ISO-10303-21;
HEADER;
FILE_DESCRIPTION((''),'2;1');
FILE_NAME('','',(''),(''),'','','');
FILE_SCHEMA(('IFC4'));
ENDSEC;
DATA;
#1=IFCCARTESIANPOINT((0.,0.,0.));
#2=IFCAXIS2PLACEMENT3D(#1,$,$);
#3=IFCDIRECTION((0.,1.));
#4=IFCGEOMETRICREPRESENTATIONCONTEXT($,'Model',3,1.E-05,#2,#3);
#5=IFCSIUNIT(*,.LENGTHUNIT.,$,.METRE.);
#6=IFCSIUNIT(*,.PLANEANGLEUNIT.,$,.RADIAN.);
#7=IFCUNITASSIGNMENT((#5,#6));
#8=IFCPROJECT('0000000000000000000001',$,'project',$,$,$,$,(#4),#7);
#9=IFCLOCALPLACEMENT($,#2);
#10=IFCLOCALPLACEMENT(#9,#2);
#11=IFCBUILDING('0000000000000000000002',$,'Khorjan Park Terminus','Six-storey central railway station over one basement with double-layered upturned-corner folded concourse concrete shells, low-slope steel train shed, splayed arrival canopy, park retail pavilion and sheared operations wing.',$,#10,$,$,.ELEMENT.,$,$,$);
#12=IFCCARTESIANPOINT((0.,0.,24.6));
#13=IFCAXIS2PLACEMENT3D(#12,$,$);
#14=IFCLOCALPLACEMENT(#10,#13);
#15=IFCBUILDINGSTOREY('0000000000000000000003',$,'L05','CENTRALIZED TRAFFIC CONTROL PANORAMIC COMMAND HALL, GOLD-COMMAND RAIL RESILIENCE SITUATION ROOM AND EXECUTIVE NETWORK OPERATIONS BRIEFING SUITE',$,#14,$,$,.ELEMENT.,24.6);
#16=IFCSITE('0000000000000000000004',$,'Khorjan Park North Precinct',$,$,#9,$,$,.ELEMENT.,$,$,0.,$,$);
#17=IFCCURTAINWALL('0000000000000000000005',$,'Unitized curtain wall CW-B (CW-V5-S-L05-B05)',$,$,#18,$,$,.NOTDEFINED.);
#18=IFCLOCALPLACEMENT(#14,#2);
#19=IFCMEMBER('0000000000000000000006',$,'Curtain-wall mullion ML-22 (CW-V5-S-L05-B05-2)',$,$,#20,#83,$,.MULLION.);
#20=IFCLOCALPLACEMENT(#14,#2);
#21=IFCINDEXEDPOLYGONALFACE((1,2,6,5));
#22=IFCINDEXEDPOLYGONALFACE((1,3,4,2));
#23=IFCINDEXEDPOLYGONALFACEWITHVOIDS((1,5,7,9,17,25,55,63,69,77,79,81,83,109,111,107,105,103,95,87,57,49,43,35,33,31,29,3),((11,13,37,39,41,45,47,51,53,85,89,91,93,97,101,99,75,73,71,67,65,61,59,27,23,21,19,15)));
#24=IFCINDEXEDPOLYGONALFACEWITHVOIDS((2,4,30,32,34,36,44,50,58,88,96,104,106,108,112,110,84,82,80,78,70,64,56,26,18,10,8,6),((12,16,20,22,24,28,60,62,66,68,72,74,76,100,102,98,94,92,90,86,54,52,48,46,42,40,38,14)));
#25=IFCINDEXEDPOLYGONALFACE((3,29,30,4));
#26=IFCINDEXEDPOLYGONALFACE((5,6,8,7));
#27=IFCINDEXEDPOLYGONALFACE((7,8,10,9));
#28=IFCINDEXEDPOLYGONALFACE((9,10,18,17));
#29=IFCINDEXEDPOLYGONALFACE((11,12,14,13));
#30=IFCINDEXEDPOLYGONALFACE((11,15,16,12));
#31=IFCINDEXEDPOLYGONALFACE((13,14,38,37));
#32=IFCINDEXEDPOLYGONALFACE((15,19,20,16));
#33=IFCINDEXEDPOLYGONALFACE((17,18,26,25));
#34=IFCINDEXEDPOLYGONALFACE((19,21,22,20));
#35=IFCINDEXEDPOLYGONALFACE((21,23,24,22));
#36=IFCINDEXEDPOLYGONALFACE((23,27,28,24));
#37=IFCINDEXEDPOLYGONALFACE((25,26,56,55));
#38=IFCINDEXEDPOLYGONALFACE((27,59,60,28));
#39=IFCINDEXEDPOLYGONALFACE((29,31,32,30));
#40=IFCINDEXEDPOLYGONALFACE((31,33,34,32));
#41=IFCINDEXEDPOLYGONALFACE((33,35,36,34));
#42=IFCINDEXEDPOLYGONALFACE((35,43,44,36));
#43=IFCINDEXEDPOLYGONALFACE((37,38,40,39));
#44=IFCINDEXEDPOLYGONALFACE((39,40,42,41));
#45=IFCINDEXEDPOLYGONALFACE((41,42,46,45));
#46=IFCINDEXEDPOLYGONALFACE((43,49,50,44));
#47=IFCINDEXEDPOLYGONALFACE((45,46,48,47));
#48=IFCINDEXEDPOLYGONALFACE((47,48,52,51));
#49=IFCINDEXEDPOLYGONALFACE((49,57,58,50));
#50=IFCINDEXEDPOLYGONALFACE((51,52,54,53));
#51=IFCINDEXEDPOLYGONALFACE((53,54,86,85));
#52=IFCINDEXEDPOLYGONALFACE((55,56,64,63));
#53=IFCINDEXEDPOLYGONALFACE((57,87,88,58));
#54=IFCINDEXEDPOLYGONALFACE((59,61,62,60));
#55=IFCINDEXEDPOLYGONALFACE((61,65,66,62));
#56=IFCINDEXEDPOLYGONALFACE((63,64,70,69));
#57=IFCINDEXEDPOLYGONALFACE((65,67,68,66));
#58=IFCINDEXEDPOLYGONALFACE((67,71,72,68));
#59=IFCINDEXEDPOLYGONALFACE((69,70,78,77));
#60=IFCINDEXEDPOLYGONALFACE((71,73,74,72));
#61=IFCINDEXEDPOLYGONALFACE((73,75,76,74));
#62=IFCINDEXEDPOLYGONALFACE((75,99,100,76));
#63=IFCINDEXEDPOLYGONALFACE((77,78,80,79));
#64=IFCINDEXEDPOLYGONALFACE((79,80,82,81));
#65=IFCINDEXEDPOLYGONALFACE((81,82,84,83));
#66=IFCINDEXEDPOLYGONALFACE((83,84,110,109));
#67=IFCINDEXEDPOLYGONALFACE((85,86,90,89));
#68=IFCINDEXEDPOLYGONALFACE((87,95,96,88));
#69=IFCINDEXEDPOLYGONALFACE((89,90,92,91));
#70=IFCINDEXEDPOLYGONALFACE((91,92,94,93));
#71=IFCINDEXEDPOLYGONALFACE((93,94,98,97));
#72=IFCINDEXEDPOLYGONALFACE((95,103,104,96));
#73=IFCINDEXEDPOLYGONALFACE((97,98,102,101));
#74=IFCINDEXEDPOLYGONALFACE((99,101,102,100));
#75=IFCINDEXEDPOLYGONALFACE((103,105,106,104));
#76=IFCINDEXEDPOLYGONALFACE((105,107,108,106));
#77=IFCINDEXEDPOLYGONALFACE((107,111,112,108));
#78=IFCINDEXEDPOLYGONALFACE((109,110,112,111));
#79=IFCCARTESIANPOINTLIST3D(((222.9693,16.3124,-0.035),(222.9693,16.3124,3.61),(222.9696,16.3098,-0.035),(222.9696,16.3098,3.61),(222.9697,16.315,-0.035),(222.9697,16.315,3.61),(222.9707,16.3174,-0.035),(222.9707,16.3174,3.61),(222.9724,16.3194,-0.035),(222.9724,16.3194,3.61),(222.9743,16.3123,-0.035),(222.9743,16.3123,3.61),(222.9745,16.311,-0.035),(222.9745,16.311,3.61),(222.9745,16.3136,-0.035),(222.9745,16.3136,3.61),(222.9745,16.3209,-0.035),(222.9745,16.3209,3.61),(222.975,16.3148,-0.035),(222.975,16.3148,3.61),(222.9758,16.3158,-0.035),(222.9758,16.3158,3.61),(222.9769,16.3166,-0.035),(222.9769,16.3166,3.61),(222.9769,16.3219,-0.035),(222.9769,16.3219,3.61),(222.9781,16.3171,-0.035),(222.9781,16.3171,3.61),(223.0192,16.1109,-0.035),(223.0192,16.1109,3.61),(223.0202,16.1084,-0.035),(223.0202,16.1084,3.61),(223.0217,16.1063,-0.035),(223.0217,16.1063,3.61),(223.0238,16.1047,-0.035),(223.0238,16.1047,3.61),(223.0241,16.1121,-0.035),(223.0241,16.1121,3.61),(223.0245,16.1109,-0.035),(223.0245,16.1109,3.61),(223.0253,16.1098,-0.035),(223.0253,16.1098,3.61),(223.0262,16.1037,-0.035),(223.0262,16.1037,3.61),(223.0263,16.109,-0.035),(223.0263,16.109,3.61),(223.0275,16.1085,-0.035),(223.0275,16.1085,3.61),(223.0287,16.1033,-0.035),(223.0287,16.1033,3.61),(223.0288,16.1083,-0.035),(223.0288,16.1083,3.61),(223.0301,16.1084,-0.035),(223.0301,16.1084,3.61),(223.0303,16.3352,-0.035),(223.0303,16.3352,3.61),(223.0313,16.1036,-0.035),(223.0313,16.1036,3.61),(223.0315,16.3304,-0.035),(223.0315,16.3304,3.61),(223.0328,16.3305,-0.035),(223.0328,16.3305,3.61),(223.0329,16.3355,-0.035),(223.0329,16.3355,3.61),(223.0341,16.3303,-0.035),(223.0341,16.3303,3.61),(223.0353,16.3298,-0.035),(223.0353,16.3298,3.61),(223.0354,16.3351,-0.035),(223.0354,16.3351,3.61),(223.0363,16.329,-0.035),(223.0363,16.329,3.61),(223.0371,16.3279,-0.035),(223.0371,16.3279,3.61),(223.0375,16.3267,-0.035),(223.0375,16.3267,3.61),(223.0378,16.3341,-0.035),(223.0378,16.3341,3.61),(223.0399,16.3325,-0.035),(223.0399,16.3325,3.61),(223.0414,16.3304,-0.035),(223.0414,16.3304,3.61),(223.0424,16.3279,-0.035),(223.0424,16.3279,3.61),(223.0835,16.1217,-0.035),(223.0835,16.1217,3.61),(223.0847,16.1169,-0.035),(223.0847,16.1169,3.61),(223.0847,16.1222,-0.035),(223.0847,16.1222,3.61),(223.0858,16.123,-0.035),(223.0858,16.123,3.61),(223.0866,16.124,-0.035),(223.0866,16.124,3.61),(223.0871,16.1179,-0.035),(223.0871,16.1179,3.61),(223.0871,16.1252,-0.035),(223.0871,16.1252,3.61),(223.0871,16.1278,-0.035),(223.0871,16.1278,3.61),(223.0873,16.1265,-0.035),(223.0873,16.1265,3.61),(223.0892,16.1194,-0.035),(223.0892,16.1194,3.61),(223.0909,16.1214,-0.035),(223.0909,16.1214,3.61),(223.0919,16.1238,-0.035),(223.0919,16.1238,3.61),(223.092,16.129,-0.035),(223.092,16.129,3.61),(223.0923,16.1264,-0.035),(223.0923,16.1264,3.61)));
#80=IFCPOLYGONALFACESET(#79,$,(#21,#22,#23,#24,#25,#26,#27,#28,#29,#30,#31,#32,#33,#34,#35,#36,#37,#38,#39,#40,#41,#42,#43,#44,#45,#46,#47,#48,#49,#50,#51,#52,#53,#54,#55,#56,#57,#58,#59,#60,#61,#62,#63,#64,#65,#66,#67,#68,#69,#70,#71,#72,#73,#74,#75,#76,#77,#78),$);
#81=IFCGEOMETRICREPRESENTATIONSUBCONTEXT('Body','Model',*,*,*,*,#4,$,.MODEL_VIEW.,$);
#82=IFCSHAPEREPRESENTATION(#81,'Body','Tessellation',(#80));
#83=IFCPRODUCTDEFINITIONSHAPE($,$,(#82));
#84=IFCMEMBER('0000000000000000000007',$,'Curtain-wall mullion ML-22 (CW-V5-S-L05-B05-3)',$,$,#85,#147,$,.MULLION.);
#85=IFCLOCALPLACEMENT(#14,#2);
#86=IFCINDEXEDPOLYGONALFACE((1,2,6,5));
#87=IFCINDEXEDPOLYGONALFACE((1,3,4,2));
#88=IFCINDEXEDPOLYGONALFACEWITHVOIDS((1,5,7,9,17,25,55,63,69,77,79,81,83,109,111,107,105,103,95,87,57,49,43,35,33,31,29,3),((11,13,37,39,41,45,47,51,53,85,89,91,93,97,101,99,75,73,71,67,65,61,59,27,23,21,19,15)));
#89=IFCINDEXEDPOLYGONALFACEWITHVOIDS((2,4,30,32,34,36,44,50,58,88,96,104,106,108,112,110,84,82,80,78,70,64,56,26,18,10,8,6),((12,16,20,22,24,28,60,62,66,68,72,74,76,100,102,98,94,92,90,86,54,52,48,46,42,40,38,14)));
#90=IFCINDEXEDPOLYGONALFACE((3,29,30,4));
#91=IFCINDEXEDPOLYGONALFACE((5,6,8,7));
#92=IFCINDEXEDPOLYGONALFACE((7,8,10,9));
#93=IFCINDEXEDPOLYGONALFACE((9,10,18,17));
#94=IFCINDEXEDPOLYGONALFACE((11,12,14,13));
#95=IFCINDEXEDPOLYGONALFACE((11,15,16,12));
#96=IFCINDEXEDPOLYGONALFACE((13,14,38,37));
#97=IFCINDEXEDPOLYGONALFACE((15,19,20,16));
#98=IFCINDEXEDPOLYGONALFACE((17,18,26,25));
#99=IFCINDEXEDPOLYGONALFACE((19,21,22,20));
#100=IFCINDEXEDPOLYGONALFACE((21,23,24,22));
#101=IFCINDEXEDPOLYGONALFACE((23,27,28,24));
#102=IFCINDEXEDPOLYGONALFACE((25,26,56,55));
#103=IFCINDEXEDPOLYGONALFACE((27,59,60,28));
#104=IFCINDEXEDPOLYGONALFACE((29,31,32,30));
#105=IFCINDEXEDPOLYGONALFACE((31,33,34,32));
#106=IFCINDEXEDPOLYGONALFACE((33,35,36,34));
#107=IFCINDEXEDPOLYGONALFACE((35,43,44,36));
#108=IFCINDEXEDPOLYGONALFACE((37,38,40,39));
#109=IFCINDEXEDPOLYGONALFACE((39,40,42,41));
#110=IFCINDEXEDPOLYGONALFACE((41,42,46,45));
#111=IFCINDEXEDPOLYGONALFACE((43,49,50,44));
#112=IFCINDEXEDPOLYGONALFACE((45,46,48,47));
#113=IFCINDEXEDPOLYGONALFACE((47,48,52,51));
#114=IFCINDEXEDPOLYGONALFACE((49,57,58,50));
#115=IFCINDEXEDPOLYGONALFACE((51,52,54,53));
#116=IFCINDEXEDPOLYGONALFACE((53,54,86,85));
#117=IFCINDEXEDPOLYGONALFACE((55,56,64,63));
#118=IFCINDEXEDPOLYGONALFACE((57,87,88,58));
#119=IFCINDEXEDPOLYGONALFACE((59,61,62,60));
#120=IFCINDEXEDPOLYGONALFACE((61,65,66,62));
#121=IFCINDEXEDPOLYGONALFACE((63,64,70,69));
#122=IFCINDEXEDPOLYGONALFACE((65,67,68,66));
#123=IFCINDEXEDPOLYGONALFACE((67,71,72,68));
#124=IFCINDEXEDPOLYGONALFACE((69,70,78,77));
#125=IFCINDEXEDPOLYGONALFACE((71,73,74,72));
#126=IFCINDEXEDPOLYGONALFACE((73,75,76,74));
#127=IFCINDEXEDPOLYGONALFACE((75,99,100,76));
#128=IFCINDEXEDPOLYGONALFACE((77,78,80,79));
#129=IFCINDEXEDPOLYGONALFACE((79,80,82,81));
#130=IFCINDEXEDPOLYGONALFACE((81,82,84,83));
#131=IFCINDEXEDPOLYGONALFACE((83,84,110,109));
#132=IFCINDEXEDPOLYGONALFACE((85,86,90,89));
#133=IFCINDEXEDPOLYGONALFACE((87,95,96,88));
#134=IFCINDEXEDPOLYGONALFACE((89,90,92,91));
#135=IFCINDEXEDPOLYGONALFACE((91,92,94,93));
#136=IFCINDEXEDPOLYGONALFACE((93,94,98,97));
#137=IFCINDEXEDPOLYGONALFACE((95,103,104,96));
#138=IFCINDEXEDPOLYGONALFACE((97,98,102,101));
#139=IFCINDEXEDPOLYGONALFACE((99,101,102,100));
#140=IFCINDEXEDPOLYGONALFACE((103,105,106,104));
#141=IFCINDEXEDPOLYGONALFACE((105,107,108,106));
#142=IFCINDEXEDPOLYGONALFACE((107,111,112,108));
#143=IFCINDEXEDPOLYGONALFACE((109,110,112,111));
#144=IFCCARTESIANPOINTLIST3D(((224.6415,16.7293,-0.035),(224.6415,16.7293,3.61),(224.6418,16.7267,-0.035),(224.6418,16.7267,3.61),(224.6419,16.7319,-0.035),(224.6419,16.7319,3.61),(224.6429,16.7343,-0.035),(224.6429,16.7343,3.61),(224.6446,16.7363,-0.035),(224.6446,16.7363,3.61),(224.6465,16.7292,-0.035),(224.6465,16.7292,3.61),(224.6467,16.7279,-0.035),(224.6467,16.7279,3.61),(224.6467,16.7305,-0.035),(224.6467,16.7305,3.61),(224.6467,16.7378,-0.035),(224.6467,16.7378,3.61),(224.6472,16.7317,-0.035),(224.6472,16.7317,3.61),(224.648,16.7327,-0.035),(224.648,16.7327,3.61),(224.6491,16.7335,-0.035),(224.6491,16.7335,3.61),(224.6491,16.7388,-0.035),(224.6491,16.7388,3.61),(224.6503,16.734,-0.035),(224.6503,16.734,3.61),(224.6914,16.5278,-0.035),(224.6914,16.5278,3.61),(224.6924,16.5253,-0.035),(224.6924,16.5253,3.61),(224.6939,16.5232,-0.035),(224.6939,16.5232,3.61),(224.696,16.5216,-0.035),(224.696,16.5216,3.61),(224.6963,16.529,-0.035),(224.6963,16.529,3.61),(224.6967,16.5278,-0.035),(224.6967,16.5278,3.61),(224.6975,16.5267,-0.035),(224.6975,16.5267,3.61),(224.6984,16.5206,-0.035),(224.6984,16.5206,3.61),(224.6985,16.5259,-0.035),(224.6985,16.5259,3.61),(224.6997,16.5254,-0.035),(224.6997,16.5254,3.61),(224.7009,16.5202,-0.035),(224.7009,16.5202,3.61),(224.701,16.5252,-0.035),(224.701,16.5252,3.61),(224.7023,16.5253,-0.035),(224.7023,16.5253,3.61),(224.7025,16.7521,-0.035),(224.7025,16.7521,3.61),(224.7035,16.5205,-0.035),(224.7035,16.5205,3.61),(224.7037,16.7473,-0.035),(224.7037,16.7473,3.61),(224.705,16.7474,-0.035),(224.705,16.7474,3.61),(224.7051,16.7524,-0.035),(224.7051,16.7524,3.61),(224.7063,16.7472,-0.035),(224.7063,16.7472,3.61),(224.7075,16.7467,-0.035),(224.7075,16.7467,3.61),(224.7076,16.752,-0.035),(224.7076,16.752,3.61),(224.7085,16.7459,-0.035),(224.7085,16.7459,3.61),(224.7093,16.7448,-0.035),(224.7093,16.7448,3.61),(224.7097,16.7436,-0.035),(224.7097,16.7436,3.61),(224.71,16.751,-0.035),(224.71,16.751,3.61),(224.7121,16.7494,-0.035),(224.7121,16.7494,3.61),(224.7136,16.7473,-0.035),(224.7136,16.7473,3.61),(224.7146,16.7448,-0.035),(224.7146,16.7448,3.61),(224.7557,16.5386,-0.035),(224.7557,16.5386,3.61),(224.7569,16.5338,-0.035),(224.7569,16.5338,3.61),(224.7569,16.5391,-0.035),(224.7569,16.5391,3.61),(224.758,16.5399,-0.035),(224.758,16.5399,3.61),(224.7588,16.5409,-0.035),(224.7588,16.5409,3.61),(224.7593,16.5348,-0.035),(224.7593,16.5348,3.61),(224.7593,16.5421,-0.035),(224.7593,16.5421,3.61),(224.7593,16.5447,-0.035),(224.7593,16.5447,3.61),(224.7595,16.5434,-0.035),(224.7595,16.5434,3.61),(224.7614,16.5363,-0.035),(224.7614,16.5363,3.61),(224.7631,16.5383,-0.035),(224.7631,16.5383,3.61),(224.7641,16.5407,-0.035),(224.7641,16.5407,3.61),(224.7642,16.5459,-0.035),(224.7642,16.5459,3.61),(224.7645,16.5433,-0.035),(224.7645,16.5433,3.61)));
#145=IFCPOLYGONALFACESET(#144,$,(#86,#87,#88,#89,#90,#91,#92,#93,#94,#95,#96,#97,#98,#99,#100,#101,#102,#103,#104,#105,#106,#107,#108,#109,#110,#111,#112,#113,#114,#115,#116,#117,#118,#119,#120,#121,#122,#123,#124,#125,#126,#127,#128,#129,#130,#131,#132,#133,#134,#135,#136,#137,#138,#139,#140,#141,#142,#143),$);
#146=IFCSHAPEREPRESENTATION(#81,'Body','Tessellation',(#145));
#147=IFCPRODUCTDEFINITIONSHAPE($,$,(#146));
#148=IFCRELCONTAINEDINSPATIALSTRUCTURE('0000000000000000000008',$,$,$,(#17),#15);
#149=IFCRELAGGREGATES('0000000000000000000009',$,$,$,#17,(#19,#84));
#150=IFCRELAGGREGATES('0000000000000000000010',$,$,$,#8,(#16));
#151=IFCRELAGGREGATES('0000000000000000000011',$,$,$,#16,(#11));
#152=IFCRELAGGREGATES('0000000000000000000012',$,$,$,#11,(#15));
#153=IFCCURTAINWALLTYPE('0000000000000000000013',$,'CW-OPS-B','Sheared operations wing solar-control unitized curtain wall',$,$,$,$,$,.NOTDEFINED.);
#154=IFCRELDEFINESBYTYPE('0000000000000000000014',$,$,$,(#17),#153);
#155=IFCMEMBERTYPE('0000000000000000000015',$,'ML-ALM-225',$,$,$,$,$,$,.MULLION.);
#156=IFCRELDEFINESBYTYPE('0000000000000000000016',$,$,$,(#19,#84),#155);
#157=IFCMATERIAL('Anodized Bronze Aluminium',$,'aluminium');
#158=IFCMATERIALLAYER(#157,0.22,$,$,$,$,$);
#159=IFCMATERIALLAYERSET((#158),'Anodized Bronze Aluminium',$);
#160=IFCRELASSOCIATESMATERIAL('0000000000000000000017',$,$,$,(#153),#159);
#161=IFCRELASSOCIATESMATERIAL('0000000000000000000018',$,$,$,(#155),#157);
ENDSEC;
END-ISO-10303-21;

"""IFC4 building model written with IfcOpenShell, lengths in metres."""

from ifc_helpers import new_model, si_unit, direction, frame, origin, origin_2d, place, context, subcontext, project, spatial, hollow_rectangle, extrude, material, layer, layer_set, material_profile, profile_set, type_object, element, aggregate, save


model = new_model("IFC4")

# Units and contexts
model_context = context("Model", 3, precision=1e-05, world=origin(), true_north=direction((0.0, 1.0)))
body_context = subcontext(model_context, "Body", "Model", "MODEL_VIEW")
ifc_project = project(units=[si_unit("LENGTHUNIT", "METRE"), si_unit("PLANEANGLEUNIT", "RADIAN")], contexts=[model_context])

# Site, building, storey
site_placement = place(None, origin())
site = spatial("IfcSite", under=ifc_project, at=site_placement, Name="Khorjan Park North Precinct", CompositionType="ELEMENT", RefElevation=0.0)
building_placement = place(site_placement, origin())
building = spatial("IfcBuilding", under=site, at=building_placement, Name="Khorjan Park Terminus", Description="Six-storey central railway station over one basement with double-layered upturned-corner folded concourse concrete shells, low-slope steel train shed, splayed arrival canopy, park retail pavilion and sheared operations wing.", CompositionType="ELEMENT")
storey_placement = place(building_placement, frame((0.0, 0.0, 24.6)))
storey = spatial("IfcBuildingStorey", under=building, at=storey_placement, Name="L05", Description="CENTRALIZED TRAFFIC CONTROL PANORAMIC COMMAND HALL, GOLD-COMMAND RAIL RESILIENCE SITUATION ROOM AND EXECUTIVE NETWORK OPERATIONS BRIEFING SUITE", CompositionType="ELEMENT", Elevation=24.6)

# Curtain wall, members
ifc_material_1 = material(Name="Anodized Bronze Aluminium", Category="aluminium")
ifc_layer_1 = layer(ifc_material_1, 0.22)
ifc_layer_set_1 = layer_set([ifc_layer_1], Name="Anodized Bronze Aluminium")
curtain_wall_type = type_object("IfcCurtainWallType", Name="CW-OPS-B", Description="Sheared operations wing solar-control unitized curtain wall", PredefinedType="NOTDEFINED", material=ifc_layer_set_1)
curtain_wall_placement = place(storey_placement, origin())
curtain_wall = element("IfcCurtainWall", 1, at=curtain_wall_placement, inside=storey, type_object=curtain_wall_type, Name="Unitized curtain wall CW-B (CW-V5-S-L05-B05)", PredefinedType="NOTDEFINED")
ifc_material_profile_1 = material_profile(ifc_material_1, hollow_rectangle(XDim=0.075, YDim=0.225, WallThickness=0.005, InnerFilletRadius=0.005, OuterFilletRadius=0.01, at=origin_2d()), Name="ALM 75x225x5")
ifc_profile_set_1 = profile_set([ifc_material_profile_1], Name="Anodized Bronze Aluminium")
member_type_1 = type_object("IfcMemberType", Name="ML-ALM-225", PredefinedType="MULLION", material=ifc_profile_set_1)
member_1_placement = place(storey_placement, frame((223.0308, 16.2194, -0.035), z_axis=(0.0, 0.0, 1.0), x_axis=(0.970296, 0.241919, 0.0)))
member_1 = element("IfcMember", 2, at=member_1_placement, type_object=member_type_1, Name="Curtain-wall mullion ML-22 (CW-V5-S-L05-B05-2)", PredefinedType="MULLION", context=body_context, shape_type="SweptSolid", body=[
    extrude(hollow_rectangle(XDim=0.075, YDim=0.225, WallThickness=0.005, InnerFilletRadius=0.005, OuterFilletRadius=0.01, at=origin_2d()), origin(), (0.0, 0.0, 1.0), 3.645),
])
member_2_placement = place(storey_placement, frame((224.703, 16.6363, -0.035), z_axis=(0.0, 0.0, 1.0), x_axis=(0.970296, 0.241919, 0.0)))
member_2 = element("IfcMember", 3, at=member_2_placement, type_object=member_type_1, Name="Curtain-wall mullion ML-22 (CW-V5-S-L05-B05-3)", PredefinedType="MULLION", context=body_context, shape_type="SweptSolid", body=[
    extrude(hollow_rectangle(XDim=0.075, YDim=0.225, WallThickness=0.005, InnerFilletRadius=0.005, OuterFilletRadius=0.01, at=origin_2d()), origin(), (0.0, 0.0, 1.0), 3.645),
])
aggregate(curtain_wall, [member_1, member_2])

save(model, "model.ifc")
